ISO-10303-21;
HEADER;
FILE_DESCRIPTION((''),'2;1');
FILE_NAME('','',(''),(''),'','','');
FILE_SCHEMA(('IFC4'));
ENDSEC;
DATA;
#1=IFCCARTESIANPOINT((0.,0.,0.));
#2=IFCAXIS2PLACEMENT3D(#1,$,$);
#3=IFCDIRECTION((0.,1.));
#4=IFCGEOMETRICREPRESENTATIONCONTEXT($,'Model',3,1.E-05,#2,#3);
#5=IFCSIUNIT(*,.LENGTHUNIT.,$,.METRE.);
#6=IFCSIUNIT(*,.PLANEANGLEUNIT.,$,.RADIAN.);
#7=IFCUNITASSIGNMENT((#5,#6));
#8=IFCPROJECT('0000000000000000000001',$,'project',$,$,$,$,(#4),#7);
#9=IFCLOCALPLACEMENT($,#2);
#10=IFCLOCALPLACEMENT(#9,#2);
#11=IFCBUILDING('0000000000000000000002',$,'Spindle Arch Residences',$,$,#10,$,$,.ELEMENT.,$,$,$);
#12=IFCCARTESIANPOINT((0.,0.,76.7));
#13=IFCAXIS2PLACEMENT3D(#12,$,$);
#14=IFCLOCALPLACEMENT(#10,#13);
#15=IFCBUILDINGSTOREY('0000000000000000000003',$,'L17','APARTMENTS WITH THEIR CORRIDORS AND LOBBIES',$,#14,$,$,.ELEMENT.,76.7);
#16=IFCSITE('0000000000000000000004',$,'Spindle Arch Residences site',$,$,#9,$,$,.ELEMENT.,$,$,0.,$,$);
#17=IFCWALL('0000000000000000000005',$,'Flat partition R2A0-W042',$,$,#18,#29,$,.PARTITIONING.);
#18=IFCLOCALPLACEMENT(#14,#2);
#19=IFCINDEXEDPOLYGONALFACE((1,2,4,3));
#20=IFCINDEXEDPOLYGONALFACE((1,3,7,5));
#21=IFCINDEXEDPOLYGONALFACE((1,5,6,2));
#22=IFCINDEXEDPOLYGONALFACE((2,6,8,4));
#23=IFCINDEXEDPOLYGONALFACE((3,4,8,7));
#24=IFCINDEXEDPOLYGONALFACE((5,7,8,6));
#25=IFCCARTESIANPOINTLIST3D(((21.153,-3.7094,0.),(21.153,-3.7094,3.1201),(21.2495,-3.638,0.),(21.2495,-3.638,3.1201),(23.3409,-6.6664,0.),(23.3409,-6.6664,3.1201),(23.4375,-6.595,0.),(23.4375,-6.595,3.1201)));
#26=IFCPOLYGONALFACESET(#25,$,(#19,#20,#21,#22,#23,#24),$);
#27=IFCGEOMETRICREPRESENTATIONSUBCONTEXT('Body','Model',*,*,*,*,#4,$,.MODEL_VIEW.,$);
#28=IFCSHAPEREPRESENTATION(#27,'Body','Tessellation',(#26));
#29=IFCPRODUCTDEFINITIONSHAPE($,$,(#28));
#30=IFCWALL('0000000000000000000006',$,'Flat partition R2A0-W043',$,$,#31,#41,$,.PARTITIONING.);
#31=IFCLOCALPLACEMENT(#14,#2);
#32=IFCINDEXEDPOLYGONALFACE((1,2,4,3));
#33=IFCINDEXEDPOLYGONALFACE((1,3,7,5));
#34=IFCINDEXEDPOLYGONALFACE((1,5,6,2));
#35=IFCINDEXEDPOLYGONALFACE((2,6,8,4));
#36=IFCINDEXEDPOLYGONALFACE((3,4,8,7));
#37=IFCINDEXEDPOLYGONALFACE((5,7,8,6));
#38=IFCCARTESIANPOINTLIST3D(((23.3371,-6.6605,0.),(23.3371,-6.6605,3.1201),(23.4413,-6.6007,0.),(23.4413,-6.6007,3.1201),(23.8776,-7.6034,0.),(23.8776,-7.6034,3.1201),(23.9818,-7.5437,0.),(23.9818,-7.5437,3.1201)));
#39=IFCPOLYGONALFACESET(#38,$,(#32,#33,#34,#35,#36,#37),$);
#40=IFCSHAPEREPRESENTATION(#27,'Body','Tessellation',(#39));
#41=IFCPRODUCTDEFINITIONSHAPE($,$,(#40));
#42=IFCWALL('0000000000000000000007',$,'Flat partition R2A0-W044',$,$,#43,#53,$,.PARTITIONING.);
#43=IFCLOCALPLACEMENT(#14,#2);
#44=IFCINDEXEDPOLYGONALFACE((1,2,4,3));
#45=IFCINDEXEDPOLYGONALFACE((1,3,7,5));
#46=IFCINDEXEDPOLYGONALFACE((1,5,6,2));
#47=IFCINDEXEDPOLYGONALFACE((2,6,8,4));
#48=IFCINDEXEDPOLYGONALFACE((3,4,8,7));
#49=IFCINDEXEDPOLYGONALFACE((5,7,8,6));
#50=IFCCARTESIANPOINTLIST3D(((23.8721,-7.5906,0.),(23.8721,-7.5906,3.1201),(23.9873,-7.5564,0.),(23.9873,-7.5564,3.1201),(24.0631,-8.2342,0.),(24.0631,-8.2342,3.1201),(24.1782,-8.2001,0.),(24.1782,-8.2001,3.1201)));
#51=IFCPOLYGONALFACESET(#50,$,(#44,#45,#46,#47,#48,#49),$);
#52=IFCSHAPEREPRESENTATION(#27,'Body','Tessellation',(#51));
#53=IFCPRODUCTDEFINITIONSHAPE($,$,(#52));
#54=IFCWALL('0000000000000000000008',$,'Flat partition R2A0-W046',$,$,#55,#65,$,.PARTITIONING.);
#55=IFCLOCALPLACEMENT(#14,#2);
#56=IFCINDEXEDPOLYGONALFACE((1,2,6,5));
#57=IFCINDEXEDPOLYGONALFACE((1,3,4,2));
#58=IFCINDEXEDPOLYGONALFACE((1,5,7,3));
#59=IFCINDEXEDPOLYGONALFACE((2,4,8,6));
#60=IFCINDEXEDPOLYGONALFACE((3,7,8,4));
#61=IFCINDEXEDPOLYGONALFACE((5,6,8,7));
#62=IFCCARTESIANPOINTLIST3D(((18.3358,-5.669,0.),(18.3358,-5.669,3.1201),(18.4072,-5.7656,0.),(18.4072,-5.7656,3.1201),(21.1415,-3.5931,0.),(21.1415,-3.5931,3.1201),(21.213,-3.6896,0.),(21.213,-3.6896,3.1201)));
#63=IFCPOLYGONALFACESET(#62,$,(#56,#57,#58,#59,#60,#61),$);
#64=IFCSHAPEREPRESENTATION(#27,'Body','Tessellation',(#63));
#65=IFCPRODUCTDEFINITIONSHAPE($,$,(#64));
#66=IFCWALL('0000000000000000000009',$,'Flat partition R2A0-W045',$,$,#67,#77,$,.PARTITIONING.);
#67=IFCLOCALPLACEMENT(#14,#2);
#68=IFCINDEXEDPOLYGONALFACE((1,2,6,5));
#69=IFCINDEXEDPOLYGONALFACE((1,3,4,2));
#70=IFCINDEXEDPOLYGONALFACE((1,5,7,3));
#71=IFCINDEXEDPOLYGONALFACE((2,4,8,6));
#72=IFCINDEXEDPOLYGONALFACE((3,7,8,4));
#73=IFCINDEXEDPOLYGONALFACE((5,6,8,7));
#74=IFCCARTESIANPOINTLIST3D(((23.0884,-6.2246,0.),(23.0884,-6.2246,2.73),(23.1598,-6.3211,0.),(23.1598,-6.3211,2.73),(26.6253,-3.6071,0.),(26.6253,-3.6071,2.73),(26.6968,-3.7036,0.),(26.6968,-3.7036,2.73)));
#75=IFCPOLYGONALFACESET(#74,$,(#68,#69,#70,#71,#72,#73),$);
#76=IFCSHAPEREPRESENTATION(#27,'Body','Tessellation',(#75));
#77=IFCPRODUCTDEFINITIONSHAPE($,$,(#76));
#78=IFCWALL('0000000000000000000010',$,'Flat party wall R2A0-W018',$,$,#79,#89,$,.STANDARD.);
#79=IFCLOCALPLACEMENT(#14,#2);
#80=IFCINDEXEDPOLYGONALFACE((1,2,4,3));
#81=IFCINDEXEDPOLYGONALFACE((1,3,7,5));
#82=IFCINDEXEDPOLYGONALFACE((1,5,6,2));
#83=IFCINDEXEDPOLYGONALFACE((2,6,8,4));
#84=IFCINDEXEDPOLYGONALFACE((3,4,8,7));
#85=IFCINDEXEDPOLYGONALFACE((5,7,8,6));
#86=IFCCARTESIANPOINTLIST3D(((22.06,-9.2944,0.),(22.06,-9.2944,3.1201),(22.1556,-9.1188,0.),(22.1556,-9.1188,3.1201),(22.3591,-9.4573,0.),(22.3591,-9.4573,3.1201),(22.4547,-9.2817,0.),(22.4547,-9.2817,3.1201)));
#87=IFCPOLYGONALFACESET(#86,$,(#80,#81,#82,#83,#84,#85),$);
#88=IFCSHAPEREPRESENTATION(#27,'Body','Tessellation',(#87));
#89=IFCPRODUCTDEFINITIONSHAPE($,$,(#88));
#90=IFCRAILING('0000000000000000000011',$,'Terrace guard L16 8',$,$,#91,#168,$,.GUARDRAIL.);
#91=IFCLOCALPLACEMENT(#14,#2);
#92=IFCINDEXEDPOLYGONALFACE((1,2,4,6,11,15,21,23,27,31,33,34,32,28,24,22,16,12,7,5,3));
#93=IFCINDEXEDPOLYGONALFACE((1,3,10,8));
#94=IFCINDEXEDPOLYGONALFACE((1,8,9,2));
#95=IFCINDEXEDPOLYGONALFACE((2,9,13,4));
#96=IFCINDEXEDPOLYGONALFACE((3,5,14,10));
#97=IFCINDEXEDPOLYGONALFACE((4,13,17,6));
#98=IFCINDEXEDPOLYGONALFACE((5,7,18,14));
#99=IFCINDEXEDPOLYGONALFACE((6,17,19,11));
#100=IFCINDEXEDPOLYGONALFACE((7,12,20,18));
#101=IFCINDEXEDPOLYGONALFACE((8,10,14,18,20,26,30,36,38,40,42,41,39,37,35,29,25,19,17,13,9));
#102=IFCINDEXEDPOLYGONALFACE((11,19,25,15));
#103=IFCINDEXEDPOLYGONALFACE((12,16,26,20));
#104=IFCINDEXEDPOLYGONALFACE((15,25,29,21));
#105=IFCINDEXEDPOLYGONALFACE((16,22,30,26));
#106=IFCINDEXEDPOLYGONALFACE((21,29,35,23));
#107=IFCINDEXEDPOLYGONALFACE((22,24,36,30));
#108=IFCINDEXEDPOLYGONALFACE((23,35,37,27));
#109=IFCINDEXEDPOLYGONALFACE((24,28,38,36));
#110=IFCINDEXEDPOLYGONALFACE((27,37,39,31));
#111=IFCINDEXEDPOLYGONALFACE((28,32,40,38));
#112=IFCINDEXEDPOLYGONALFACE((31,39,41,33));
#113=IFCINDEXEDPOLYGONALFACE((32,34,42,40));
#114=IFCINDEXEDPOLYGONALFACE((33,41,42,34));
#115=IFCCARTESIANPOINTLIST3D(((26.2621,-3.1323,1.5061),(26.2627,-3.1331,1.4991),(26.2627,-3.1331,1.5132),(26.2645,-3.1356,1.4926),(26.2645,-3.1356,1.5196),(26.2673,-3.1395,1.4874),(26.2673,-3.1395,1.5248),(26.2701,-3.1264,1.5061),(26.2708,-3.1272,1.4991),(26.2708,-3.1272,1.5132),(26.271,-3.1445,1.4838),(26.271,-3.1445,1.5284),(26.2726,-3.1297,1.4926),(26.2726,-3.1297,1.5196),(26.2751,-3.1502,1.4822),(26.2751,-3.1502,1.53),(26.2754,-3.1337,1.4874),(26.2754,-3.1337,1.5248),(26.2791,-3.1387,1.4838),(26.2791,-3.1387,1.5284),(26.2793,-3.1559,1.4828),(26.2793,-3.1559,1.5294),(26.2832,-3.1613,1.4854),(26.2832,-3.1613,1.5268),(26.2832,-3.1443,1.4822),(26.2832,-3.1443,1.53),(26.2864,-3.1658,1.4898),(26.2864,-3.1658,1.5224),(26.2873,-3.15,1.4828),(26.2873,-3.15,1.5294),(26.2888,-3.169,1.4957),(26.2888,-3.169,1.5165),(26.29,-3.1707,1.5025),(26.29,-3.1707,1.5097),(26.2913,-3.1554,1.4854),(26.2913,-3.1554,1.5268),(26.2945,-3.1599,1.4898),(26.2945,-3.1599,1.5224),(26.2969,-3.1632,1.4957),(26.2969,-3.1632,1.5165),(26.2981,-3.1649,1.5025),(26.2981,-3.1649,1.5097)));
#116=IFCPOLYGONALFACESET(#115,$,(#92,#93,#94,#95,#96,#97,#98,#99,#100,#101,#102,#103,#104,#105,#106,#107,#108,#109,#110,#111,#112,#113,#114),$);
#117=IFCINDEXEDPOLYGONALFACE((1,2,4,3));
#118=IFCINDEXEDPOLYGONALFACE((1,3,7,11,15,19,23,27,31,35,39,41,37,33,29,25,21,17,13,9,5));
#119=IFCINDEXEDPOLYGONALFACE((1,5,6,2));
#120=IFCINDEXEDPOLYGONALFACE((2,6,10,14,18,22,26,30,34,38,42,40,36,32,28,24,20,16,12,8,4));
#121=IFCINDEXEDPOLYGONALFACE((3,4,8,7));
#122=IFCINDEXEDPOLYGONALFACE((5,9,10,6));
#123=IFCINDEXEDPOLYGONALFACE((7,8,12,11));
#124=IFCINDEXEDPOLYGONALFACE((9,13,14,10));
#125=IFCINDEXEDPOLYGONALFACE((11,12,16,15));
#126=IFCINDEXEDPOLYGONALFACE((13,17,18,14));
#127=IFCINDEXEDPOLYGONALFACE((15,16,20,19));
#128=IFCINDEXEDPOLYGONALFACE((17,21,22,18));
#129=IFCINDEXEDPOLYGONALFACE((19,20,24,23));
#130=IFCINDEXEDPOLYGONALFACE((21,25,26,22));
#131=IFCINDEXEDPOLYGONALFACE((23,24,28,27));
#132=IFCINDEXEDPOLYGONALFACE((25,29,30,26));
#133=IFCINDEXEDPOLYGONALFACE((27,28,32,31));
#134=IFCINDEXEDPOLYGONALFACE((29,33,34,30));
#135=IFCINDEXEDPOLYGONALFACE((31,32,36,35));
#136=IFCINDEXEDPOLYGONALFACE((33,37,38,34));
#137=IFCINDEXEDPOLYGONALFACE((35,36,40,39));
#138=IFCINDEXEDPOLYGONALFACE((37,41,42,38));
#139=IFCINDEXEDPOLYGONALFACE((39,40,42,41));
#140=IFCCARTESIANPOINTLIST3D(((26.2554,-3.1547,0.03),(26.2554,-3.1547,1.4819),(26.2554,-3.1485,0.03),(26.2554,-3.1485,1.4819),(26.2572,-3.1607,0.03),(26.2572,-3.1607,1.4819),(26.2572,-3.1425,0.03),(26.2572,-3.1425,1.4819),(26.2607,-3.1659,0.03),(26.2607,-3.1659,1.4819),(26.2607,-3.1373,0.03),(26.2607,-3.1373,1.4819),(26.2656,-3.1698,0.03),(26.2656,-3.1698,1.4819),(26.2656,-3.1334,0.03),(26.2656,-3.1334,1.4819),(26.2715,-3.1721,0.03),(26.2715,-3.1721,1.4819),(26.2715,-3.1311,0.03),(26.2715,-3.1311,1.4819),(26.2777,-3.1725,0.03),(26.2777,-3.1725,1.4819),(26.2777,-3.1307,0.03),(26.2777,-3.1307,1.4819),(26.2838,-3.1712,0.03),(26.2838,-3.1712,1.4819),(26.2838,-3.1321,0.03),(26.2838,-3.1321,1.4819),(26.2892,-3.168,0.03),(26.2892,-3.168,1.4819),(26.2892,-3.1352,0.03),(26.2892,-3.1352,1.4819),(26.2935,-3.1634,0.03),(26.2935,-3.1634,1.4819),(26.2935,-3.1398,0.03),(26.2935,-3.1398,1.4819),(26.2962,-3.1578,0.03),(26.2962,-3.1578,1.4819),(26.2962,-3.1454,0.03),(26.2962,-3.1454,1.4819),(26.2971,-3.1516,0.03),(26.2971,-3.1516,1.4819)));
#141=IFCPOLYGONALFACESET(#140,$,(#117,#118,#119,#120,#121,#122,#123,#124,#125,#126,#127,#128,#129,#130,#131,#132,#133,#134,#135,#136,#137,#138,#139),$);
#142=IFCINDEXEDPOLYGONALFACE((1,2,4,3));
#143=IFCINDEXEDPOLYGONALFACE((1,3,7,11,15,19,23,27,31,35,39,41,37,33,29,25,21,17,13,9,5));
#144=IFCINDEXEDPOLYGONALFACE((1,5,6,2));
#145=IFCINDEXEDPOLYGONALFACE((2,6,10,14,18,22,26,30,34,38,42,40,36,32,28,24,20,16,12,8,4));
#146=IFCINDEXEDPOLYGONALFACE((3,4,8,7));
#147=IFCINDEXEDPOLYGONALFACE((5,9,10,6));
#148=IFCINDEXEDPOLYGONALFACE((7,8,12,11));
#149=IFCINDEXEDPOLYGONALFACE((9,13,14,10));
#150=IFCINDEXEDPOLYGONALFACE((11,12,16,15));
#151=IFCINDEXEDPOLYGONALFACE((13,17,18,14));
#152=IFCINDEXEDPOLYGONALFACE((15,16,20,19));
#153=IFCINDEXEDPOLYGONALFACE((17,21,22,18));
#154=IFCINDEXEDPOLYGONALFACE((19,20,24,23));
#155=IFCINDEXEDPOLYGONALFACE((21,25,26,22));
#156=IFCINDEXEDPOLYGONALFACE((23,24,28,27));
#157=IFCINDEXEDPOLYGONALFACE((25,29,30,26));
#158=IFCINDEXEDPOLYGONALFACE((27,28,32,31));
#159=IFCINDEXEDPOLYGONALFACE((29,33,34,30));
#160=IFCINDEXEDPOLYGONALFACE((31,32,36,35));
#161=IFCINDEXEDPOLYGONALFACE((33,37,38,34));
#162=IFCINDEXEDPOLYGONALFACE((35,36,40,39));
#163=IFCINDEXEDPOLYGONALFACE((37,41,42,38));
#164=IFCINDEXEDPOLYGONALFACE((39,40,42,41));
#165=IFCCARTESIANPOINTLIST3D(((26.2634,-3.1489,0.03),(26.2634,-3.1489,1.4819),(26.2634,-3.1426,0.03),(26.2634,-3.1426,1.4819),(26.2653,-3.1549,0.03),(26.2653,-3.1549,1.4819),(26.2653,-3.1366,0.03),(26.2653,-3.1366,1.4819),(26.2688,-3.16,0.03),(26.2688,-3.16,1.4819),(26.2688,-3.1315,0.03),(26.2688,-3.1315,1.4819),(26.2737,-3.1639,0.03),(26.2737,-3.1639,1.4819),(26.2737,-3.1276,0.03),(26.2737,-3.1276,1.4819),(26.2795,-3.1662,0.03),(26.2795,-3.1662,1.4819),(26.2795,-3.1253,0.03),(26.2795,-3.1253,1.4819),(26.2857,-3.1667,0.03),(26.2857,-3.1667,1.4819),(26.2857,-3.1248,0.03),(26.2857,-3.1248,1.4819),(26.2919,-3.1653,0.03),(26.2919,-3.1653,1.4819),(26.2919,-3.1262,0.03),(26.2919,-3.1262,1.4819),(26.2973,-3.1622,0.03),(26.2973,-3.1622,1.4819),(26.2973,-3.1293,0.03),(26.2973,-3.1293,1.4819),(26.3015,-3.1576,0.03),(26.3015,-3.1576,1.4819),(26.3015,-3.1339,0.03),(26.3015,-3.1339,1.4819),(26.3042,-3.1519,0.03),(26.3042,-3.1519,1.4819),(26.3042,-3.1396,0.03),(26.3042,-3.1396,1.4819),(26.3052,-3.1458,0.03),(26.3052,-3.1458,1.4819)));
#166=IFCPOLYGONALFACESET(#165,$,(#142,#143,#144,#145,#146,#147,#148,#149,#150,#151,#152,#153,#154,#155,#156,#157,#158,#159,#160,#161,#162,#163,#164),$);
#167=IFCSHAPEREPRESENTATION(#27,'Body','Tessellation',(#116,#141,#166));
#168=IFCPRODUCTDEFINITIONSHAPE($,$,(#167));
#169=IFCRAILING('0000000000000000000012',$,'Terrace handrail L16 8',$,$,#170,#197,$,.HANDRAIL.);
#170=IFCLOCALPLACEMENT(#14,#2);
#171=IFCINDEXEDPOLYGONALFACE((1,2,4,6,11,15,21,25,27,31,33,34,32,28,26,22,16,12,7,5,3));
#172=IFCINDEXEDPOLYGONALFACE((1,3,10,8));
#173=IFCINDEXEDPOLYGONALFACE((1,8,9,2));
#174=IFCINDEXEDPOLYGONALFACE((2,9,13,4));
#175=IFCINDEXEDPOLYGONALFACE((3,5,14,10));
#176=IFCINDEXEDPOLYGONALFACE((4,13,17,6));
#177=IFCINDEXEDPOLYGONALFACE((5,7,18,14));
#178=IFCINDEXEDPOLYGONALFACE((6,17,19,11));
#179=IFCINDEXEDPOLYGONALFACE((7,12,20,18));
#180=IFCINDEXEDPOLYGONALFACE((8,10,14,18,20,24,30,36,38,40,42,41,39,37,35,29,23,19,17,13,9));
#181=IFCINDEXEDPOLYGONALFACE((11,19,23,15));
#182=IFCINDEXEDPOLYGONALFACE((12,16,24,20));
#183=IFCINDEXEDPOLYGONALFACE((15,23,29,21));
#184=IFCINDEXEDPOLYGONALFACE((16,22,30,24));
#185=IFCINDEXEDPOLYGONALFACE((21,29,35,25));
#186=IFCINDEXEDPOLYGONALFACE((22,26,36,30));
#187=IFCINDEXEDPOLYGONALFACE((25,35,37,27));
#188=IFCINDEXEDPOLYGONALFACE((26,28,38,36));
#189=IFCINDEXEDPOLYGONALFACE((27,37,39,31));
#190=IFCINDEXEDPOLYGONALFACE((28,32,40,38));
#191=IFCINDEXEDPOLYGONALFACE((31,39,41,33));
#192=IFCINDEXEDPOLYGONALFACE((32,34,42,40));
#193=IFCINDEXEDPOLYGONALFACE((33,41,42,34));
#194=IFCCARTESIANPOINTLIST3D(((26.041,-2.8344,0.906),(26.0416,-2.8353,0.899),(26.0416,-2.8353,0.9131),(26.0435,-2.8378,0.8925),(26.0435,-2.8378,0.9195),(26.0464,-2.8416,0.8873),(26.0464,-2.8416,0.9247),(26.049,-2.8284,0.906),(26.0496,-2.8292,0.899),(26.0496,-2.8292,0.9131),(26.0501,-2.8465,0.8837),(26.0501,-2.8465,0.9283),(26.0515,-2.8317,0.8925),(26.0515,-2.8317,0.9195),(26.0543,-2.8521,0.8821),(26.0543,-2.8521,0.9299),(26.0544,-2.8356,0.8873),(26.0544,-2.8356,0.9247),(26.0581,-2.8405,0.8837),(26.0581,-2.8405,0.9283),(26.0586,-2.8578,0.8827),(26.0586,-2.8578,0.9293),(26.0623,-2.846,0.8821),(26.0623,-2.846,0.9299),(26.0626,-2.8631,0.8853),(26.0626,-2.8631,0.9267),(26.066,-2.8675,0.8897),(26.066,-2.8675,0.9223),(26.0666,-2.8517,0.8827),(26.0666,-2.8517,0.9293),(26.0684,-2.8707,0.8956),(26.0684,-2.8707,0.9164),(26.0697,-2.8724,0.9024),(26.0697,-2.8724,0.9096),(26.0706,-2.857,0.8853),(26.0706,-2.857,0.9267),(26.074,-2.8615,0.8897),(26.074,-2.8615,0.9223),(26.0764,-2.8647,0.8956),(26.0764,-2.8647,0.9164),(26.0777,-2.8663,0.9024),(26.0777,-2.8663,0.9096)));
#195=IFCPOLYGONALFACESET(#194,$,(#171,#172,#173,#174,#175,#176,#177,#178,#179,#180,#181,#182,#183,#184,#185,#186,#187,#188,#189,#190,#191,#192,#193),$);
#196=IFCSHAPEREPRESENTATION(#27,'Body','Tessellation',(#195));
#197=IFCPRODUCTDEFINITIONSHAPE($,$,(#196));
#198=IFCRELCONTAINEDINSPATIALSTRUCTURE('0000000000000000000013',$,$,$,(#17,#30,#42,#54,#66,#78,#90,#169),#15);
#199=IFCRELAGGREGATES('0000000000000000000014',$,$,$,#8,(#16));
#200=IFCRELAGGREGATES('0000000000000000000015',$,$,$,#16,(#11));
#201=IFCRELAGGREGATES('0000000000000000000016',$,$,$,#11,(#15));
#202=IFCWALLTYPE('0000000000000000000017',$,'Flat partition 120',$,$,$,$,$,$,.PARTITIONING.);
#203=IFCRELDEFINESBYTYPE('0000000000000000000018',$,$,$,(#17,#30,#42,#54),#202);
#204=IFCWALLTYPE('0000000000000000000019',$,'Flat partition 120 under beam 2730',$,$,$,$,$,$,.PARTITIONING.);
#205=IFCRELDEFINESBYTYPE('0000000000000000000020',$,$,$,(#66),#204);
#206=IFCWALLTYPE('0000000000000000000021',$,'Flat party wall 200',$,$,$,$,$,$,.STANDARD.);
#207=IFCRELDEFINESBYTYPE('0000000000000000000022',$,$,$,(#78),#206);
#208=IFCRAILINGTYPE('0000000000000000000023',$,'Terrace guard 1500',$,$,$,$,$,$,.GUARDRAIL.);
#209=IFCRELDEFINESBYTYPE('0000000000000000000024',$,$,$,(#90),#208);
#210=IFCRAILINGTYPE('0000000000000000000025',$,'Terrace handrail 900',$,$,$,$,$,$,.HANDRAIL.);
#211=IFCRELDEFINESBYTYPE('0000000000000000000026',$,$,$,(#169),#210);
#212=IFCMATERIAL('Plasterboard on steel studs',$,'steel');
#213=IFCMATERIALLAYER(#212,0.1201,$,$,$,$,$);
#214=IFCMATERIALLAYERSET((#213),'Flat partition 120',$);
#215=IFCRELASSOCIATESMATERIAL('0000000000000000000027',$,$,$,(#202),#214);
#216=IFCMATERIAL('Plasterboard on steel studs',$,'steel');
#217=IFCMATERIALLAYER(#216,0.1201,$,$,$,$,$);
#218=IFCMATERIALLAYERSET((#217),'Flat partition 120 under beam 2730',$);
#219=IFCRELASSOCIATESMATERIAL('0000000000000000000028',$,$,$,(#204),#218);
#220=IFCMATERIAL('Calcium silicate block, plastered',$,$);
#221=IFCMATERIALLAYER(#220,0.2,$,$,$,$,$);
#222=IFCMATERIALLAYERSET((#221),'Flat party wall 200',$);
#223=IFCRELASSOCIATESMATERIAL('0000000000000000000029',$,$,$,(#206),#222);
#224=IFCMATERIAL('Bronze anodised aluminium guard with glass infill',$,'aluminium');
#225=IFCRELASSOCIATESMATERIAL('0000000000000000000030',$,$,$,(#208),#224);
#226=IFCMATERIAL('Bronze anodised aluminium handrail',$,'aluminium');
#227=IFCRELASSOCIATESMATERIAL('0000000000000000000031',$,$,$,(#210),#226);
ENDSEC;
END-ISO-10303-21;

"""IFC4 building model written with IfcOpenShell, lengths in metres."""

from ifc_helpers import new_model, si_unit, direction, frame, frame_2d, origin, origin_2d, place, context, subcontext, project, spatial, rectangle, circle, extrude, material, layer, layer_set, type_object, element, save


model = new_model("IFC4")

# Units and contexts
model_context = context("Model", 3, precision=1e-05, world=origin(), true_north=direction((0.0, 1.0)))
body_context = subcontext(model_context, "Body", "Model", "MODEL_VIEW")
ifc_project = project(units=[si_unit("LENGTHUNIT", "METRE"), si_unit("PLANEANGLEUNIT", "RADIAN")], contexts=[model_context])

# Site, building, storey
site_placement = place(None, origin())
site = spatial("IfcSite", under=ifc_project, at=site_placement, Name="Spindle Arch Residences site", CompositionType="ELEMENT", RefElevation=0.0)
building_placement = place(site_placement, origin())
building = spatial("IfcBuilding", under=site, at=building_placement, Name="Spindle Arch Residences", CompositionType="ELEMENT")
storey_placement = place(building_placement, frame((0.0, 0.0, 76.7)))
storey = spatial("IfcBuildingStorey", under=building, at=storey_placement, Name="L17", Description="APARTMENTS WITH THEIR CORRIDORS AND LOBBIES", CompositionType="ELEMENT", Elevation=76.7)

# Shared definitions
ifc_material_1 = material(Name="Plasterboard on steel studs", Category="steel")
ifc_layer_1 = layer(ifc_material_1, 0.1201)
ifc_layer_set_1 = layer_set([ifc_layer_1], Name="Flat partition 120")
wall_type_1 = type_object("IfcWallType", Name="Flat partition 120", PredefinedType="PARTITIONING", material=ifc_layer_set_1)

# Walls
wall_1_placement = place(storey_placement, frame((21.2012, -3.6736, 0.0), z_axis=(0.0, 0.0, 1.0), x_axis=(0.594805, -0.80387, 0.0)))
element("IfcWall", 1, at=wall_1_placement, inside=storey, type_object=wall_type_1, Name="Flat partition R2A0-W042", PredefinedType="PARTITIONING", context=body_context, shape_type="SweptSolid", body=[
    extrude(rectangle(XDim=3.6785, YDim=0.1201, at=frame_2d((1.8394, 0.0))), origin(), (0.0, 0.0, 1.0), 3.1201),
])
wall_2_placement = place(storey_placement, frame((23.3892, -6.6306, 0.0), z_axis=(0.0, 0.0, 1.0), x_axis=(0.497348, -0.867551, 0.0)))
element("IfcWall", 2, at=wall_2_placement, inside=storey, type_object=wall_type_1, Name="Flat partition R2A0-W043", PredefinedType="PARTITIONING", context=body_context, shape_type="SweptSolid", body=[
    extrude(rectangle(XDim=1.0869, YDim=0.1201, at=frame_2d((0.5435, 0.0))), origin(), (0.0, 0.0, 1.0), 3.1201),
])
wall_3_placement = place(storey_placement, frame((23.9297, -7.5735, 0.0), z_axis=(0.0, 0.0, 1.0), x_axis=(0.28441, -0.958703, 0.0)))
element("IfcWall", 3, at=wall_3_placement, inside=storey, type_object=wall_type_1, Name="Flat partition R2A0-W044", PredefinedType="PARTITIONING", context=body_context, shape_type="SweptSolid", body=[
    extrude(rectangle(XDim=0.6714, YDim=0.1201, at=frame_2d((0.3357, 0.0))), origin(), (0.0, 0.0, 1.0), 3.1201),
])
wall_4_placement = place(storey_placement, frame((21.1772, -3.6414, 0.0), z_axis=(0.0, 0.0, 1.0), x_axis=(-0.803878, -0.594794, 0.0)))
element("IfcWall", 4, at=wall_4_placement, inside=storey, type_object=wall_type_1, Name="Flat partition R2A0-W046", PredefinedType="PARTITIONING", context=body_context, shape_type="SweptSolid", body=[
    extrude(rectangle(XDim=3.4902, YDim=0.1201, at=frame_2d((1.7451, 0.0))), origin(), (0.0, 0.0, 1.0), 3.1201),
])
ifc_material_2 = material(Name="Plasterboard on steel studs", Category="steel")
ifc_layer_2 = layer(ifc_material_2, 0.1201)
ifc_layer_set_2 = layer_set([ifc_layer_2], Name="Flat partition 120 under beam 2730")
wall_type_2 = type_object("IfcWallType", Name="Flat partition 120 under beam 2730", PredefinedType="PARTITIONING", material=ifc_layer_set_2)
wall_5_placement = place(storey_placement, frame((26.6611, -3.6553, 0.0), z_axis=(0.0, 0.0, 1.0), x_axis=(-0.803825, -0.594865, 0.0)))
element("IfcWall", 5, at=wall_5_placement, inside=storey, type_object=wall_type_2, Name="Flat partition R2A0-W045", PredefinedType="PARTITIONING", context=body_context, shape_type="SweptSolid", body=[
    extrude(rectangle(XDim=4.4001, YDim=0.1201, at=frame_2d((2.2002, 0.0))), origin(), (0.0, 0.0, 1.0), 2.73),
])
ifc_material_3 = material(Name="Calcium silicate block, plastered")
ifc_layer_3 = layer(ifc_material_3, 0.2)
ifc_layer_set_3 = layer_set([ifc_layer_3], Name="Flat party wall 200")
wall_type_3 = type_object("IfcWallType", Name="Flat party wall 200", PredefinedType="STANDARD", material=ifc_layer_set_3)
wall_6_placement = place(storey_placement, frame((22.1077, -9.2065, 0.0), z_axis=(0.0, 0.0, 1.0), x_axis=(0.878252, -0.478199, 0.0)))
element("IfcWall", 6, at=wall_6_placement, inside=storey, type_object=wall_type_3, Name="Flat party wall R2A0-W018", PredefinedType="STANDARD", context=body_context, shape_type="SweptSolid", body=[
    extrude(rectangle(XDim=0.3406, YDim=0.2, at=frame_2d((0.1704, 0.0))), origin(), (0.0, 0.0, 1.0), 3.1201),
])

# Railings
ifc_material_4 = material(Name="Bronze anodised aluminium guard with glass infill", Category="aluminium")
railing_type_1 = type_object("IfcRailingType", Name="Terrace guard 1500", PredefinedType="GUARDRAIL", material=ifc_material_4)
railing_1_placement = place(storey_placement, frame((26.2761, -3.1516, 0.03)))
element("IfcRailing", 7, at=railing_1_placement, inside=storey, type_object=railing_type_1, Name="Terrace guard L16 8", PredefinedType="GUARDRAIL", context=body_context, shape_type="SweptSolid", body=[
    extrude(circle(Radius=0.0239, at=origin_2d()), frame((0.0, 0.0, 1.4761), z_axis=(0.808736, 0.588172, 0.0), x_axis=(-0.588172, 0.808736, 0.0)), (0.0, 0.0, 1.0), 0.01),
    extrude(circle(Radius=0.021, at=origin_2d()), origin(), (0.0, 0.0, 1.0), 1.4519),
    extrude(circle(Radius=0.021, at=origin_2d()), frame((0.0081, 0.0059, 0.0)), (0.0, 0.0, 1.0), 1.4519),
])
ifc_material_5 = material(Name="Bronze anodised aluminium handrail", Category="aluminium")
railing_type_2 = type_object("IfcRailingType", Name="Terrace handrail 900", PredefinedType="HANDRAIL", material=ifc_material_5)
railing_2_placement = place(storey_placement, frame((26.0554, -2.8535, 0.03)))
element("IfcRailing", 8, at=railing_2_placement, inside=storey, type_object=railing_type_2, Name="Terrace handrail L16 8", PredefinedType="HANDRAIL", context=body_context, shape_type="SweptSolid", body=[
    extrude(circle(Radius=0.0239, at=origin_2d()), frame((0.0, 0.0, 0.876), z_axis=(0.797092, 0.603858, 0.0), x_axis=(-0.603858, 0.797092, 0.0)), (0.0, 0.0, 1.0), 0.01),
])

save(model, "model.ifc")
